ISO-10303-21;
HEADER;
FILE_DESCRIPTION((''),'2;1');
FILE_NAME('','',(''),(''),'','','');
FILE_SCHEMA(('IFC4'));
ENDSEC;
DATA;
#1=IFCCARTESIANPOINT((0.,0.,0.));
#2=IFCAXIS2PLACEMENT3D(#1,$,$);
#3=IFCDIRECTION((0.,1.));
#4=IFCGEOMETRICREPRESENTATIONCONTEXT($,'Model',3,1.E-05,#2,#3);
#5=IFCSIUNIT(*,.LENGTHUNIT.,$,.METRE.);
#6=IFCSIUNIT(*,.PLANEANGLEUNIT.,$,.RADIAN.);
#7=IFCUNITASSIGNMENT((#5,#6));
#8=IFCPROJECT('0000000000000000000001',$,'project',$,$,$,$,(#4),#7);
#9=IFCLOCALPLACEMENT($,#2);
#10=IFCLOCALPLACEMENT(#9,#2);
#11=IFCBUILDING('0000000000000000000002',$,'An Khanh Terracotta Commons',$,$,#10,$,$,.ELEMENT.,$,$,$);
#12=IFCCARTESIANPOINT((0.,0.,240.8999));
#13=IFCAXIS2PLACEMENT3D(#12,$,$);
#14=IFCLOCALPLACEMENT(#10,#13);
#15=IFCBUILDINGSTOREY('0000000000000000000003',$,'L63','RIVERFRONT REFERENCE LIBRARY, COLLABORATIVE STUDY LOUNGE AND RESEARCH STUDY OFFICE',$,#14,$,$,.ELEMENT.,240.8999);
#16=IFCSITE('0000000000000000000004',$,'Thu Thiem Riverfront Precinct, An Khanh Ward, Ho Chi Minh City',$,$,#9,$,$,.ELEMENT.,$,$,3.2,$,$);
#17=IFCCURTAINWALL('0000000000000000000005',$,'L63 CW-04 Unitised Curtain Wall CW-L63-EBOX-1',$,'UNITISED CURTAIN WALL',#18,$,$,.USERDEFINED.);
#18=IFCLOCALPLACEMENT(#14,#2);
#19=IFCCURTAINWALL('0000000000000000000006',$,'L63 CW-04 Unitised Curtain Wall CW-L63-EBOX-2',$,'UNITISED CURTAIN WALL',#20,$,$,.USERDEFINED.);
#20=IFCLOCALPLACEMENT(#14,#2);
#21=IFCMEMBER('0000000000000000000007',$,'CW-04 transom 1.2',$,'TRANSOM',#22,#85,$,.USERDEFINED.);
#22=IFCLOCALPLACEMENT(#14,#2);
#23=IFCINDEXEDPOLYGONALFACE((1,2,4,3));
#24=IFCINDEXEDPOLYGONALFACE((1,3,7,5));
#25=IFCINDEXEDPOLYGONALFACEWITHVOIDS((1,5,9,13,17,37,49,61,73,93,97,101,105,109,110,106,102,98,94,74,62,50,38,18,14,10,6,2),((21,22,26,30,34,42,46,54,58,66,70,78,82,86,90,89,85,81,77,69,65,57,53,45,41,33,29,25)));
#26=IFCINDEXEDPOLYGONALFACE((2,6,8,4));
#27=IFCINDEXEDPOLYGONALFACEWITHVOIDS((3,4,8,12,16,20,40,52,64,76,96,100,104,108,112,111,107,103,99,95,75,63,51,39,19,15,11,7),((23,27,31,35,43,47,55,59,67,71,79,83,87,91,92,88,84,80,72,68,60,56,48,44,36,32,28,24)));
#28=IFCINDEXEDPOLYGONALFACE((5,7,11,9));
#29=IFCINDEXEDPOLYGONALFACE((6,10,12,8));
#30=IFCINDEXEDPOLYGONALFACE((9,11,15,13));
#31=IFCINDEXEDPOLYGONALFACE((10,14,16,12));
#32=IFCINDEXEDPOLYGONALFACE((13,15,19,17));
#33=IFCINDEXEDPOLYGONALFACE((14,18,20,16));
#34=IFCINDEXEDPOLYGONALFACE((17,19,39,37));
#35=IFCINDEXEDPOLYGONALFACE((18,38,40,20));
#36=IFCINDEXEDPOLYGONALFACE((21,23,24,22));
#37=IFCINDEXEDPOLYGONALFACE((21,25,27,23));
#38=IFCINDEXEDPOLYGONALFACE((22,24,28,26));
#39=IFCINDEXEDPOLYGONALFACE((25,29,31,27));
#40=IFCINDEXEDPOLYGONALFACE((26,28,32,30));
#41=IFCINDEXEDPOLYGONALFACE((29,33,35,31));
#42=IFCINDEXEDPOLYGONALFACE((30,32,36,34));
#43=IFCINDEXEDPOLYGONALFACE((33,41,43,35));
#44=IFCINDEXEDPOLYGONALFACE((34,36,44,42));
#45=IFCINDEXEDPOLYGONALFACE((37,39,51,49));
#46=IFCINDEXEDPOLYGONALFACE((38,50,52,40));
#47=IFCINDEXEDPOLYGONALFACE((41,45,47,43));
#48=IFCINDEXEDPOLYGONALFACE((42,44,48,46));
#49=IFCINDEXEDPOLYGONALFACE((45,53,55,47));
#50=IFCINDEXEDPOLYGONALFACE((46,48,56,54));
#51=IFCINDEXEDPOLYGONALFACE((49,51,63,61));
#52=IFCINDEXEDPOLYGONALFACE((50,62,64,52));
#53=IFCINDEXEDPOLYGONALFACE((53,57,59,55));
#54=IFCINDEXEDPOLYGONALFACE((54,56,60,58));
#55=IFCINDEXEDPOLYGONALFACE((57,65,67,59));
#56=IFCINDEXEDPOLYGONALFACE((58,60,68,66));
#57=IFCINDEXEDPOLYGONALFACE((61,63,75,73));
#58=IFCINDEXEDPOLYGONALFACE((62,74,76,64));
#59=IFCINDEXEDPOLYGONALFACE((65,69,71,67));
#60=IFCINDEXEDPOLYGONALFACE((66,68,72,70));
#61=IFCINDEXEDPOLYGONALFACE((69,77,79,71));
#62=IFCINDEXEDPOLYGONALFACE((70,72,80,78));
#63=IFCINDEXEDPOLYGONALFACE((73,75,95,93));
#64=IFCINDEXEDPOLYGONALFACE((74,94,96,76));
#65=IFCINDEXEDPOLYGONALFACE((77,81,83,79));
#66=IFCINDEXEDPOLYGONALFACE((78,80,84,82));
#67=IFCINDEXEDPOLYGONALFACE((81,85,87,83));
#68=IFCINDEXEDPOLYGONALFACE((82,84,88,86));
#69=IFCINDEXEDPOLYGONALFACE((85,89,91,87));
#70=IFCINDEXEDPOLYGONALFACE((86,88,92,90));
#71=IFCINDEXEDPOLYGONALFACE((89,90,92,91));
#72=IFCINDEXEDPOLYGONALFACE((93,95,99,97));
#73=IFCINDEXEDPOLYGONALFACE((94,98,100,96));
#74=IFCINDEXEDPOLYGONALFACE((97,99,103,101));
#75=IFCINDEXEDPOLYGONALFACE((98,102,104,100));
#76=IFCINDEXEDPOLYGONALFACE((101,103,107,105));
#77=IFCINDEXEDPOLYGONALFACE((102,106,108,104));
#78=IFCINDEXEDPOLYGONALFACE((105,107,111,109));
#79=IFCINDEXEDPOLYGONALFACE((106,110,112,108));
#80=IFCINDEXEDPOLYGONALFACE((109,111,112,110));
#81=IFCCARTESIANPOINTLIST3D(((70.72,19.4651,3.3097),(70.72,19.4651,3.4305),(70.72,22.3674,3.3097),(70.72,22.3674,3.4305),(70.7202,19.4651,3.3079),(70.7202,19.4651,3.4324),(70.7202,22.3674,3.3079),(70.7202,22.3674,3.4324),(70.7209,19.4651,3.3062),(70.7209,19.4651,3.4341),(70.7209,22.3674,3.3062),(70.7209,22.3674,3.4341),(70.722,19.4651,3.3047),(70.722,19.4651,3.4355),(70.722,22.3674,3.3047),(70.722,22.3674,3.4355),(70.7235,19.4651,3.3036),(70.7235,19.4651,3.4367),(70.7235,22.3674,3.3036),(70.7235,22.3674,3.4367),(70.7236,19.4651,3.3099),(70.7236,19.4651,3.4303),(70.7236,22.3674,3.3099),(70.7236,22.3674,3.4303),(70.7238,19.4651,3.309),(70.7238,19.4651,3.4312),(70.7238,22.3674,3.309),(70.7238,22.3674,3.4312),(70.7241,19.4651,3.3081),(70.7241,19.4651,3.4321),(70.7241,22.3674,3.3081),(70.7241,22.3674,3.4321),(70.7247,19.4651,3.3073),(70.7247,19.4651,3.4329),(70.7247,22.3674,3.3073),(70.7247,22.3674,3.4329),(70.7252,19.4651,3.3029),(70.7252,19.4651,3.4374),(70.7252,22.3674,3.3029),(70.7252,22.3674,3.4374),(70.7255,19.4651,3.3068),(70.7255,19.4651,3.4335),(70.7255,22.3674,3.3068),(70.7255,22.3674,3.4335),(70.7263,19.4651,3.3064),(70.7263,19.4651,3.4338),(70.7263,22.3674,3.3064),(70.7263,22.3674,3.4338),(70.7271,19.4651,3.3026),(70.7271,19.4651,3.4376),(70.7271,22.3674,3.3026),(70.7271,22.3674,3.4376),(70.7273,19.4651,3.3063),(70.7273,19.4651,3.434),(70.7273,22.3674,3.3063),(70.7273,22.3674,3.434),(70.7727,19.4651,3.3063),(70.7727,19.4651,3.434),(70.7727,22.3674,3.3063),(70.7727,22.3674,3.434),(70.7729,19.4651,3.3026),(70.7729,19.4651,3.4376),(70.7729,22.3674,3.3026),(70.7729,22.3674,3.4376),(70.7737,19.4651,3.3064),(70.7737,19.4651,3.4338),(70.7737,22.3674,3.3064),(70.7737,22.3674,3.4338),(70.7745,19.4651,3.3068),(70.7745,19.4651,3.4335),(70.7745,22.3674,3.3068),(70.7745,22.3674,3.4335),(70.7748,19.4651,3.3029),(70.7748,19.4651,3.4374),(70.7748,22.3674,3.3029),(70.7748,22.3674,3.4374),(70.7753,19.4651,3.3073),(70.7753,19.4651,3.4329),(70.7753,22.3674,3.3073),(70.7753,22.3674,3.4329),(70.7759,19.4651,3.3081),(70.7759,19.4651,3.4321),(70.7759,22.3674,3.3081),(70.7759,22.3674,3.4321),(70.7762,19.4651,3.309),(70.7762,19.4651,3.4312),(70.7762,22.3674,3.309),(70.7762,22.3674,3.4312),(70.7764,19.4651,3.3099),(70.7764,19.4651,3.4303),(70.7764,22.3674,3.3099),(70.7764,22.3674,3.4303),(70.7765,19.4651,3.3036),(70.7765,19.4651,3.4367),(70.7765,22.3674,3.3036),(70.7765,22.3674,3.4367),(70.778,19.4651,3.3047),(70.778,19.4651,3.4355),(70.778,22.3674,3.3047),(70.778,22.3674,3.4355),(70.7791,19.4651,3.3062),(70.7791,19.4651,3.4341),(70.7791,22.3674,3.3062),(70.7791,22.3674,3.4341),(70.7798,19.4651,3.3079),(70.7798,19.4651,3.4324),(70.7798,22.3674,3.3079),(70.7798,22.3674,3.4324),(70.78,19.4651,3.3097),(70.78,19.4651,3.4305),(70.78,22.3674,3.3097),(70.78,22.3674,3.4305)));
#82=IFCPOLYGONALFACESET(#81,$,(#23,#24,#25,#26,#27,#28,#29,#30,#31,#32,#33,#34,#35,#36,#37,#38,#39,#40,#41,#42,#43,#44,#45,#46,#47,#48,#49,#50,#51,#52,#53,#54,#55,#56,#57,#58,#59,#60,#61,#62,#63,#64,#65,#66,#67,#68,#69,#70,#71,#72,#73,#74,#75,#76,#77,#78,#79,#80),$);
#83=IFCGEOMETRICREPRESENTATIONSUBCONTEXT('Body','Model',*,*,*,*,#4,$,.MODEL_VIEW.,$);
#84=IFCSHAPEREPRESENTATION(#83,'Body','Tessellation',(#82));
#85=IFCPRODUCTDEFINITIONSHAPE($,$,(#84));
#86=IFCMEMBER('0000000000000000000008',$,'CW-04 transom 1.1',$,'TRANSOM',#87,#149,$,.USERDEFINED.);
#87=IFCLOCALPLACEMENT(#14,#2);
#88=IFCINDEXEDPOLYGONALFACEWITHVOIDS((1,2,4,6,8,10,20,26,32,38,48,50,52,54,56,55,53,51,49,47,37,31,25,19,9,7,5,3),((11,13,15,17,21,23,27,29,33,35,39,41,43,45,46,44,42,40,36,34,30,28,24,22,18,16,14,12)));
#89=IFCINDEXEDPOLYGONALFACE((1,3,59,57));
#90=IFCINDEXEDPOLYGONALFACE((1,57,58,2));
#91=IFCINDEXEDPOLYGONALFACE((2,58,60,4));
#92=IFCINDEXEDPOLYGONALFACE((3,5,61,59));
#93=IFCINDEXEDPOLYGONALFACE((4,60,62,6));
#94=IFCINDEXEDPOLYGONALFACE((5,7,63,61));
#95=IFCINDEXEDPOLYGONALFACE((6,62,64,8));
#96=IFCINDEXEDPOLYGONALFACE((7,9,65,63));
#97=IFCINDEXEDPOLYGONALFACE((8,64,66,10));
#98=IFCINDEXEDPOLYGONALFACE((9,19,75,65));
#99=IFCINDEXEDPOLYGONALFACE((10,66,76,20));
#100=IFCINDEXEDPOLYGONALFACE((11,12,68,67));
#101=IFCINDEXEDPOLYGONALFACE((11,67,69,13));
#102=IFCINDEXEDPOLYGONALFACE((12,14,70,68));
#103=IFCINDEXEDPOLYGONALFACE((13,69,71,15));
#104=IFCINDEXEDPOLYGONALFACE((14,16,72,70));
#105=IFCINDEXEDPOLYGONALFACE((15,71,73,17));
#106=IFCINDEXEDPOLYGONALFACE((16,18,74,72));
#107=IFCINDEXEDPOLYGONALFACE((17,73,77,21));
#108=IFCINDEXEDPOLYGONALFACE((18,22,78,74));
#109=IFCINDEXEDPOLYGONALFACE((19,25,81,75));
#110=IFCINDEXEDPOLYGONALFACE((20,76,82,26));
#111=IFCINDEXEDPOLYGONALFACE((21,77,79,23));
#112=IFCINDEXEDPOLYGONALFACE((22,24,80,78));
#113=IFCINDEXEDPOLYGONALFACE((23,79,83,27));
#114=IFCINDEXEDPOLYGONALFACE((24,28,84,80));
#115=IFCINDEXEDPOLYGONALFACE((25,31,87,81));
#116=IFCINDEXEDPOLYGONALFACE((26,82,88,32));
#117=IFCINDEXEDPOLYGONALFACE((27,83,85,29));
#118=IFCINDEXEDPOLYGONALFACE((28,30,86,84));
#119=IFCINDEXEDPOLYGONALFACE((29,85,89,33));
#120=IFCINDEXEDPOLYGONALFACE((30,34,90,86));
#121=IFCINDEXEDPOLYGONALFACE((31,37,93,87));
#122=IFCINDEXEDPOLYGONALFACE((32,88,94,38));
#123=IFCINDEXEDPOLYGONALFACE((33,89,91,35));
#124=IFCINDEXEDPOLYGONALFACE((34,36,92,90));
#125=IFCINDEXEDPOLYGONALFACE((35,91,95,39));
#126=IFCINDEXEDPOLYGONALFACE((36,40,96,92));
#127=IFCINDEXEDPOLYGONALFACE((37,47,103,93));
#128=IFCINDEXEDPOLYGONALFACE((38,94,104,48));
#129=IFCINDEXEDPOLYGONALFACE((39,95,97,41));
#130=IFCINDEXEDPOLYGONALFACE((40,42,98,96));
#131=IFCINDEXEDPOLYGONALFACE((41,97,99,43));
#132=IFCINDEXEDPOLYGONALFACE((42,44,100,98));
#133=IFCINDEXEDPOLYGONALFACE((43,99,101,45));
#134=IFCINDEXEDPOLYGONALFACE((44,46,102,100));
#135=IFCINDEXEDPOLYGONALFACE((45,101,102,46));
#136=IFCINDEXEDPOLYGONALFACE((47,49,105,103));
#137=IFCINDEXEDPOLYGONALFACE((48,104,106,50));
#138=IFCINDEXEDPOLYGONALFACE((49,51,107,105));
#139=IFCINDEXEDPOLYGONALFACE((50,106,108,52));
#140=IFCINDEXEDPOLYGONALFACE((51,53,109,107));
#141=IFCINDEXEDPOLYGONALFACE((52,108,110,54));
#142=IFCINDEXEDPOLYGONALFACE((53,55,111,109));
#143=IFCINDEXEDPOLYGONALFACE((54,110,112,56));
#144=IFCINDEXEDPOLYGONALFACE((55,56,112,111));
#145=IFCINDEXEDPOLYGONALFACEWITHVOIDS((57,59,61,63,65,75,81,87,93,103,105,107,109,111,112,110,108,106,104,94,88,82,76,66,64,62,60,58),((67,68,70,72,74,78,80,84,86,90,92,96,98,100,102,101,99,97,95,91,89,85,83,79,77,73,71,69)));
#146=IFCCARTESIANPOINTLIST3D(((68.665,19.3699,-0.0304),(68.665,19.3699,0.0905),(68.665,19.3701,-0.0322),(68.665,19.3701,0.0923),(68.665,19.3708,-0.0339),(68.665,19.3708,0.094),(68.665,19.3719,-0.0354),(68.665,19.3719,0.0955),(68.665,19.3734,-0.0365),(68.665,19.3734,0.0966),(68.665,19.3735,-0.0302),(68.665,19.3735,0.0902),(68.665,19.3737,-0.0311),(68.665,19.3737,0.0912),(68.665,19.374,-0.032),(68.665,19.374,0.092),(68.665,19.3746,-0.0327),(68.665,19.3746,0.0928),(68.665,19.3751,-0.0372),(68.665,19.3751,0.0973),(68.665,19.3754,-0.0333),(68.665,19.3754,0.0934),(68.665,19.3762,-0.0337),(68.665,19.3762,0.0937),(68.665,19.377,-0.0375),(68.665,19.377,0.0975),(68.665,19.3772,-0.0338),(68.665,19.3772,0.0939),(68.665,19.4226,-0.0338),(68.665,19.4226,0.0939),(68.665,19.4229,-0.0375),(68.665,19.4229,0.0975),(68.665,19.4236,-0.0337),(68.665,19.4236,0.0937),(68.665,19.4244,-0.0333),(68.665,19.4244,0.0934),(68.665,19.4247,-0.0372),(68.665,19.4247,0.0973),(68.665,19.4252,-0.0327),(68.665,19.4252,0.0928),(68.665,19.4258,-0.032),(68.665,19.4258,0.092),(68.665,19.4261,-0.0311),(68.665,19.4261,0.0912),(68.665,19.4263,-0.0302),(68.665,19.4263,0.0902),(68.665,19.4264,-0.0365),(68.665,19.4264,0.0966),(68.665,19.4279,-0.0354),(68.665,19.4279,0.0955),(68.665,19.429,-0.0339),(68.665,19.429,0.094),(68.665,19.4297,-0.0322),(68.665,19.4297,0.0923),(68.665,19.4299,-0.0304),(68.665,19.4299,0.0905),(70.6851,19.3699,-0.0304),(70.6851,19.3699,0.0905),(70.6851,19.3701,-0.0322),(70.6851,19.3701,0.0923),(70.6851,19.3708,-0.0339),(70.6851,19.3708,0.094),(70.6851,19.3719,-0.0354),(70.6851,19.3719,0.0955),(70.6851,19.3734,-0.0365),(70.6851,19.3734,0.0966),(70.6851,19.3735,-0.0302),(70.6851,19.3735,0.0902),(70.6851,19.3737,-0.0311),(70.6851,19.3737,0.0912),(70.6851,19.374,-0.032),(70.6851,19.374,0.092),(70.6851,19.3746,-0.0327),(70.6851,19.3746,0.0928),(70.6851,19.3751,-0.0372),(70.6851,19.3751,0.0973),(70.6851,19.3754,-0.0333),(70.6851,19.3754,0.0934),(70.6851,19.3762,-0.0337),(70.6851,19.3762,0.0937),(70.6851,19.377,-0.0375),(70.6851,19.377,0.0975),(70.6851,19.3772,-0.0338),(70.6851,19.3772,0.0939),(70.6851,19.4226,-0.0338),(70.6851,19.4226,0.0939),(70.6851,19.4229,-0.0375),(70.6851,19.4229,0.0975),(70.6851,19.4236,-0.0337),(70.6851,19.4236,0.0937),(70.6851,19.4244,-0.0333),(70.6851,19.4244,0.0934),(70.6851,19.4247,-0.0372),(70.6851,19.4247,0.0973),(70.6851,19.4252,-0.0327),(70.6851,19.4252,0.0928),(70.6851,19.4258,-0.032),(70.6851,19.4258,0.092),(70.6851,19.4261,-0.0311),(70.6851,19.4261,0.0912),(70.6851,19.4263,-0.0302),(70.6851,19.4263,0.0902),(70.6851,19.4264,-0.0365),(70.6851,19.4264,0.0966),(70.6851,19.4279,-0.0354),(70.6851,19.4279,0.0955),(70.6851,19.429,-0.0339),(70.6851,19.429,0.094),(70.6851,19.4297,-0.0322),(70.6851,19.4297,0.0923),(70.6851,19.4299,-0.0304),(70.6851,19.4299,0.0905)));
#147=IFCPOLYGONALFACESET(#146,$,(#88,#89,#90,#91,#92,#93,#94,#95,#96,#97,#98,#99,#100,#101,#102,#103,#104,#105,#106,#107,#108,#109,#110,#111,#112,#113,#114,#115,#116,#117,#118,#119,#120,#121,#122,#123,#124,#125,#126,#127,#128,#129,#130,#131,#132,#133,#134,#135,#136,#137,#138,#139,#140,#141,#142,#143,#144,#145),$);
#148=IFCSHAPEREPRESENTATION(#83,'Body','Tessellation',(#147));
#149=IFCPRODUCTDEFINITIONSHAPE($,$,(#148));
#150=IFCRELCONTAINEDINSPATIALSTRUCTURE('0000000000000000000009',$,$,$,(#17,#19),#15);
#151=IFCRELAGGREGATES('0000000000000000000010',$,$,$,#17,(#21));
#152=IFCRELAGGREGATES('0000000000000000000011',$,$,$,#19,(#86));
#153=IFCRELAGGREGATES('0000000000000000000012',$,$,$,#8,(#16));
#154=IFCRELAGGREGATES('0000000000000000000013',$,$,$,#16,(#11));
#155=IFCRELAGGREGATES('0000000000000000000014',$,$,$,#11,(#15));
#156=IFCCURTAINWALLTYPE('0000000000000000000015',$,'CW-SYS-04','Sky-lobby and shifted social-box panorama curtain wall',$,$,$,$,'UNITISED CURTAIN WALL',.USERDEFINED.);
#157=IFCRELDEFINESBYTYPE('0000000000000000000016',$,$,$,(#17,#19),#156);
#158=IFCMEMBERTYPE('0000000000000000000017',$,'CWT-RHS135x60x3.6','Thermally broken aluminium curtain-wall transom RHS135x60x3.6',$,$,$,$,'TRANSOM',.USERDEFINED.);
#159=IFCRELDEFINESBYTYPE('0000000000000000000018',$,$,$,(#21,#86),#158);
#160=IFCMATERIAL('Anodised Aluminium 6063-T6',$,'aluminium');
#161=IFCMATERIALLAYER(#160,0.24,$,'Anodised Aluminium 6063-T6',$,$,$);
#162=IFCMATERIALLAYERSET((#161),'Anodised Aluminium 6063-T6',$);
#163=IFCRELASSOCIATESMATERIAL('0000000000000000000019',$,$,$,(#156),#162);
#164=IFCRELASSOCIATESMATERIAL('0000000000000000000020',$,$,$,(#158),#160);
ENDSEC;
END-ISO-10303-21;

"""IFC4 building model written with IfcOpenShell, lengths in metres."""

from ifc_helpers import new_model, si_unit, direction, frame, origin, origin_2d, place, context, subcontext, project, spatial, hollow_rectangle, extrude, material, layer, layer_set, material_profile, profile_set, type_object, element, aggregate, save


model = new_model("IFC4")

# Units and contexts
model_context = context("Model", 3, precision=1e-05, world=origin(), true_north=direction((0.0, 1.0)))
body_context = subcontext(model_context, "Body", "Model", "MODEL_VIEW")
ifc_project = project(units=[si_unit("LENGTHUNIT", "METRE"), si_unit("PLANEANGLEUNIT", "RADIAN")], contexts=[model_context])

# Site, building, storey
site_placement = place(None, origin())
site = spatial("IfcSite", under=ifc_project, at=site_placement, Name="Thu Thiem Riverfront Precinct, An Khanh Ward, Ho Chi Minh City", CompositionType="ELEMENT", RefElevation=3.2)
building_placement = place(site_placement, origin())
building = spatial("IfcBuilding", under=site, at=building_placement, Name="An Khanh Terracotta Commons", CompositionType="ELEMENT")
storey_placement = place(building_placement, frame((0.0, 0.0, 240.8999)))
storey = spatial("IfcBuildingStorey", under=building, at=storey_placement, Name="L63", Description="RIVERFRONT REFERENCE LIBRARY, COLLABORATIVE STUDY LOUNGE AND RESEARCH STUDY OFFICE", CompositionType="ELEMENT", Elevation=240.8999)

# Curtain wall
ifc_material_1 = material(Name="Anodised Aluminium 6063-T6", Category="aluminium")
ifc_layer_1 = layer(ifc_material_1, 0.24, Name="Anodised Aluminium 6063-T6")
ifc_layer_set_1 = layer_set([ifc_layer_1], Name="Anodised Aluminium 6063-T6")
curtain_wall_type_1 = type_object("IfcCurtainWallType", Name="CW-SYS-04", Description="Sky-lobby and shifted social-box panorama curtain wall", ElementType="UNITISED CURTAIN WALL", PredefinedType="USERDEFINED", material=ifc_layer_set_1)
curtain_wall_1_placement = place(storey_placement, origin())
curtain_wall_1 = element("IfcCurtainWall", 1, at=curtain_wall_1_placement, inside=storey, type_object=curtain_wall_type_1, Name="L63 CW-04 Unitised Curtain Wall CW-L63-EBOX-1", ObjectType="UNITISED CURTAIN WALL", PredefinedType="USERDEFINED")

# Curtain wall
curtain_wall_2_placement = place(storey_placement, origin())
curtain_wall_2 = element("IfcCurtainWall", 2, at=curtain_wall_2_placement, inside=storey, type_object=curtain_wall_type_1, Name="L63 CW-04 Unitised Curtain Wall CW-L63-EBOX-2", ObjectType="UNITISED CURTAIN WALL", PredefinedType="USERDEFINED")

# Members
ifc_material_profile_1 = material_profile(ifc_material_1, hollow_rectangle(XDim=0.0601, YDim=0.135, WallThickness=0.0037, InnerFilletRadius=0.0037, OuterFilletRadius=0.0071, at=origin_2d()), Name="RHS135x60x3.6")
ifc_profile_set_1 = profile_set([ifc_material_profile_1], Name="Anodised Aluminium 6063-T6")
member_type_1 = type_object("IfcMemberType", Name="CWT-RHS135x60x3.6", Description="Thermally broken aluminium curtain-wall transom RHS135x60x3.6", ElementType="TRANSOM", PredefinedType="USERDEFINED", material=ifc_profile_set_1)
member_1_placement = place(storey_placement, frame((70.75, 19.4651, 3.3701), z_axis=(0.0, 1.0, 0.0), x_axis=(-1.0, 0.0, 0.0)))
member_1 = element("IfcMember", 3, at=member_1_placement, type_object=member_type_1, Name="CW-04 transom 1.2", ObjectType="TRANSOM", PredefinedType="USERDEFINED", context=body_context, shape_type="SweptSolid", body=[
    extrude(hollow_rectangle(XDim=0.0601, YDim=0.135, WallThickness=0.0037, InnerFilletRadius=0.0037, OuterFilletRadius=0.0071, at=origin_2d()), origin(), (0.0, 0.0, 1.0), 2.9023),
])
member_2_placement = place(storey_placement, frame((68.665, 19.3999, 0.03), z_axis=(1.0, 0.0, 0.0), x_axis=(0.0, 1.0, 0.0)))
member_2 = element("IfcMember", 4, at=member_2_placement, type_object=member_type_1, Name="CW-04 transom 1.1", ObjectType="TRANSOM", PredefinedType="USERDEFINED", context=body_context, shape_type="SweptSolid", body=[
    extrude(hollow_rectangle(XDim=0.0601, YDim=0.135, WallThickness=0.0037, InnerFilletRadius=0.0037, OuterFilletRadius=0.0071, at=origin_2d()), origin(), (0.0, 0.0, 1.0), 2.02),
])

aggregate(curtain_wall_1, [member_1])
aggregate(curtain_wall_2, [member_2])

save(model, "model.ifc")
